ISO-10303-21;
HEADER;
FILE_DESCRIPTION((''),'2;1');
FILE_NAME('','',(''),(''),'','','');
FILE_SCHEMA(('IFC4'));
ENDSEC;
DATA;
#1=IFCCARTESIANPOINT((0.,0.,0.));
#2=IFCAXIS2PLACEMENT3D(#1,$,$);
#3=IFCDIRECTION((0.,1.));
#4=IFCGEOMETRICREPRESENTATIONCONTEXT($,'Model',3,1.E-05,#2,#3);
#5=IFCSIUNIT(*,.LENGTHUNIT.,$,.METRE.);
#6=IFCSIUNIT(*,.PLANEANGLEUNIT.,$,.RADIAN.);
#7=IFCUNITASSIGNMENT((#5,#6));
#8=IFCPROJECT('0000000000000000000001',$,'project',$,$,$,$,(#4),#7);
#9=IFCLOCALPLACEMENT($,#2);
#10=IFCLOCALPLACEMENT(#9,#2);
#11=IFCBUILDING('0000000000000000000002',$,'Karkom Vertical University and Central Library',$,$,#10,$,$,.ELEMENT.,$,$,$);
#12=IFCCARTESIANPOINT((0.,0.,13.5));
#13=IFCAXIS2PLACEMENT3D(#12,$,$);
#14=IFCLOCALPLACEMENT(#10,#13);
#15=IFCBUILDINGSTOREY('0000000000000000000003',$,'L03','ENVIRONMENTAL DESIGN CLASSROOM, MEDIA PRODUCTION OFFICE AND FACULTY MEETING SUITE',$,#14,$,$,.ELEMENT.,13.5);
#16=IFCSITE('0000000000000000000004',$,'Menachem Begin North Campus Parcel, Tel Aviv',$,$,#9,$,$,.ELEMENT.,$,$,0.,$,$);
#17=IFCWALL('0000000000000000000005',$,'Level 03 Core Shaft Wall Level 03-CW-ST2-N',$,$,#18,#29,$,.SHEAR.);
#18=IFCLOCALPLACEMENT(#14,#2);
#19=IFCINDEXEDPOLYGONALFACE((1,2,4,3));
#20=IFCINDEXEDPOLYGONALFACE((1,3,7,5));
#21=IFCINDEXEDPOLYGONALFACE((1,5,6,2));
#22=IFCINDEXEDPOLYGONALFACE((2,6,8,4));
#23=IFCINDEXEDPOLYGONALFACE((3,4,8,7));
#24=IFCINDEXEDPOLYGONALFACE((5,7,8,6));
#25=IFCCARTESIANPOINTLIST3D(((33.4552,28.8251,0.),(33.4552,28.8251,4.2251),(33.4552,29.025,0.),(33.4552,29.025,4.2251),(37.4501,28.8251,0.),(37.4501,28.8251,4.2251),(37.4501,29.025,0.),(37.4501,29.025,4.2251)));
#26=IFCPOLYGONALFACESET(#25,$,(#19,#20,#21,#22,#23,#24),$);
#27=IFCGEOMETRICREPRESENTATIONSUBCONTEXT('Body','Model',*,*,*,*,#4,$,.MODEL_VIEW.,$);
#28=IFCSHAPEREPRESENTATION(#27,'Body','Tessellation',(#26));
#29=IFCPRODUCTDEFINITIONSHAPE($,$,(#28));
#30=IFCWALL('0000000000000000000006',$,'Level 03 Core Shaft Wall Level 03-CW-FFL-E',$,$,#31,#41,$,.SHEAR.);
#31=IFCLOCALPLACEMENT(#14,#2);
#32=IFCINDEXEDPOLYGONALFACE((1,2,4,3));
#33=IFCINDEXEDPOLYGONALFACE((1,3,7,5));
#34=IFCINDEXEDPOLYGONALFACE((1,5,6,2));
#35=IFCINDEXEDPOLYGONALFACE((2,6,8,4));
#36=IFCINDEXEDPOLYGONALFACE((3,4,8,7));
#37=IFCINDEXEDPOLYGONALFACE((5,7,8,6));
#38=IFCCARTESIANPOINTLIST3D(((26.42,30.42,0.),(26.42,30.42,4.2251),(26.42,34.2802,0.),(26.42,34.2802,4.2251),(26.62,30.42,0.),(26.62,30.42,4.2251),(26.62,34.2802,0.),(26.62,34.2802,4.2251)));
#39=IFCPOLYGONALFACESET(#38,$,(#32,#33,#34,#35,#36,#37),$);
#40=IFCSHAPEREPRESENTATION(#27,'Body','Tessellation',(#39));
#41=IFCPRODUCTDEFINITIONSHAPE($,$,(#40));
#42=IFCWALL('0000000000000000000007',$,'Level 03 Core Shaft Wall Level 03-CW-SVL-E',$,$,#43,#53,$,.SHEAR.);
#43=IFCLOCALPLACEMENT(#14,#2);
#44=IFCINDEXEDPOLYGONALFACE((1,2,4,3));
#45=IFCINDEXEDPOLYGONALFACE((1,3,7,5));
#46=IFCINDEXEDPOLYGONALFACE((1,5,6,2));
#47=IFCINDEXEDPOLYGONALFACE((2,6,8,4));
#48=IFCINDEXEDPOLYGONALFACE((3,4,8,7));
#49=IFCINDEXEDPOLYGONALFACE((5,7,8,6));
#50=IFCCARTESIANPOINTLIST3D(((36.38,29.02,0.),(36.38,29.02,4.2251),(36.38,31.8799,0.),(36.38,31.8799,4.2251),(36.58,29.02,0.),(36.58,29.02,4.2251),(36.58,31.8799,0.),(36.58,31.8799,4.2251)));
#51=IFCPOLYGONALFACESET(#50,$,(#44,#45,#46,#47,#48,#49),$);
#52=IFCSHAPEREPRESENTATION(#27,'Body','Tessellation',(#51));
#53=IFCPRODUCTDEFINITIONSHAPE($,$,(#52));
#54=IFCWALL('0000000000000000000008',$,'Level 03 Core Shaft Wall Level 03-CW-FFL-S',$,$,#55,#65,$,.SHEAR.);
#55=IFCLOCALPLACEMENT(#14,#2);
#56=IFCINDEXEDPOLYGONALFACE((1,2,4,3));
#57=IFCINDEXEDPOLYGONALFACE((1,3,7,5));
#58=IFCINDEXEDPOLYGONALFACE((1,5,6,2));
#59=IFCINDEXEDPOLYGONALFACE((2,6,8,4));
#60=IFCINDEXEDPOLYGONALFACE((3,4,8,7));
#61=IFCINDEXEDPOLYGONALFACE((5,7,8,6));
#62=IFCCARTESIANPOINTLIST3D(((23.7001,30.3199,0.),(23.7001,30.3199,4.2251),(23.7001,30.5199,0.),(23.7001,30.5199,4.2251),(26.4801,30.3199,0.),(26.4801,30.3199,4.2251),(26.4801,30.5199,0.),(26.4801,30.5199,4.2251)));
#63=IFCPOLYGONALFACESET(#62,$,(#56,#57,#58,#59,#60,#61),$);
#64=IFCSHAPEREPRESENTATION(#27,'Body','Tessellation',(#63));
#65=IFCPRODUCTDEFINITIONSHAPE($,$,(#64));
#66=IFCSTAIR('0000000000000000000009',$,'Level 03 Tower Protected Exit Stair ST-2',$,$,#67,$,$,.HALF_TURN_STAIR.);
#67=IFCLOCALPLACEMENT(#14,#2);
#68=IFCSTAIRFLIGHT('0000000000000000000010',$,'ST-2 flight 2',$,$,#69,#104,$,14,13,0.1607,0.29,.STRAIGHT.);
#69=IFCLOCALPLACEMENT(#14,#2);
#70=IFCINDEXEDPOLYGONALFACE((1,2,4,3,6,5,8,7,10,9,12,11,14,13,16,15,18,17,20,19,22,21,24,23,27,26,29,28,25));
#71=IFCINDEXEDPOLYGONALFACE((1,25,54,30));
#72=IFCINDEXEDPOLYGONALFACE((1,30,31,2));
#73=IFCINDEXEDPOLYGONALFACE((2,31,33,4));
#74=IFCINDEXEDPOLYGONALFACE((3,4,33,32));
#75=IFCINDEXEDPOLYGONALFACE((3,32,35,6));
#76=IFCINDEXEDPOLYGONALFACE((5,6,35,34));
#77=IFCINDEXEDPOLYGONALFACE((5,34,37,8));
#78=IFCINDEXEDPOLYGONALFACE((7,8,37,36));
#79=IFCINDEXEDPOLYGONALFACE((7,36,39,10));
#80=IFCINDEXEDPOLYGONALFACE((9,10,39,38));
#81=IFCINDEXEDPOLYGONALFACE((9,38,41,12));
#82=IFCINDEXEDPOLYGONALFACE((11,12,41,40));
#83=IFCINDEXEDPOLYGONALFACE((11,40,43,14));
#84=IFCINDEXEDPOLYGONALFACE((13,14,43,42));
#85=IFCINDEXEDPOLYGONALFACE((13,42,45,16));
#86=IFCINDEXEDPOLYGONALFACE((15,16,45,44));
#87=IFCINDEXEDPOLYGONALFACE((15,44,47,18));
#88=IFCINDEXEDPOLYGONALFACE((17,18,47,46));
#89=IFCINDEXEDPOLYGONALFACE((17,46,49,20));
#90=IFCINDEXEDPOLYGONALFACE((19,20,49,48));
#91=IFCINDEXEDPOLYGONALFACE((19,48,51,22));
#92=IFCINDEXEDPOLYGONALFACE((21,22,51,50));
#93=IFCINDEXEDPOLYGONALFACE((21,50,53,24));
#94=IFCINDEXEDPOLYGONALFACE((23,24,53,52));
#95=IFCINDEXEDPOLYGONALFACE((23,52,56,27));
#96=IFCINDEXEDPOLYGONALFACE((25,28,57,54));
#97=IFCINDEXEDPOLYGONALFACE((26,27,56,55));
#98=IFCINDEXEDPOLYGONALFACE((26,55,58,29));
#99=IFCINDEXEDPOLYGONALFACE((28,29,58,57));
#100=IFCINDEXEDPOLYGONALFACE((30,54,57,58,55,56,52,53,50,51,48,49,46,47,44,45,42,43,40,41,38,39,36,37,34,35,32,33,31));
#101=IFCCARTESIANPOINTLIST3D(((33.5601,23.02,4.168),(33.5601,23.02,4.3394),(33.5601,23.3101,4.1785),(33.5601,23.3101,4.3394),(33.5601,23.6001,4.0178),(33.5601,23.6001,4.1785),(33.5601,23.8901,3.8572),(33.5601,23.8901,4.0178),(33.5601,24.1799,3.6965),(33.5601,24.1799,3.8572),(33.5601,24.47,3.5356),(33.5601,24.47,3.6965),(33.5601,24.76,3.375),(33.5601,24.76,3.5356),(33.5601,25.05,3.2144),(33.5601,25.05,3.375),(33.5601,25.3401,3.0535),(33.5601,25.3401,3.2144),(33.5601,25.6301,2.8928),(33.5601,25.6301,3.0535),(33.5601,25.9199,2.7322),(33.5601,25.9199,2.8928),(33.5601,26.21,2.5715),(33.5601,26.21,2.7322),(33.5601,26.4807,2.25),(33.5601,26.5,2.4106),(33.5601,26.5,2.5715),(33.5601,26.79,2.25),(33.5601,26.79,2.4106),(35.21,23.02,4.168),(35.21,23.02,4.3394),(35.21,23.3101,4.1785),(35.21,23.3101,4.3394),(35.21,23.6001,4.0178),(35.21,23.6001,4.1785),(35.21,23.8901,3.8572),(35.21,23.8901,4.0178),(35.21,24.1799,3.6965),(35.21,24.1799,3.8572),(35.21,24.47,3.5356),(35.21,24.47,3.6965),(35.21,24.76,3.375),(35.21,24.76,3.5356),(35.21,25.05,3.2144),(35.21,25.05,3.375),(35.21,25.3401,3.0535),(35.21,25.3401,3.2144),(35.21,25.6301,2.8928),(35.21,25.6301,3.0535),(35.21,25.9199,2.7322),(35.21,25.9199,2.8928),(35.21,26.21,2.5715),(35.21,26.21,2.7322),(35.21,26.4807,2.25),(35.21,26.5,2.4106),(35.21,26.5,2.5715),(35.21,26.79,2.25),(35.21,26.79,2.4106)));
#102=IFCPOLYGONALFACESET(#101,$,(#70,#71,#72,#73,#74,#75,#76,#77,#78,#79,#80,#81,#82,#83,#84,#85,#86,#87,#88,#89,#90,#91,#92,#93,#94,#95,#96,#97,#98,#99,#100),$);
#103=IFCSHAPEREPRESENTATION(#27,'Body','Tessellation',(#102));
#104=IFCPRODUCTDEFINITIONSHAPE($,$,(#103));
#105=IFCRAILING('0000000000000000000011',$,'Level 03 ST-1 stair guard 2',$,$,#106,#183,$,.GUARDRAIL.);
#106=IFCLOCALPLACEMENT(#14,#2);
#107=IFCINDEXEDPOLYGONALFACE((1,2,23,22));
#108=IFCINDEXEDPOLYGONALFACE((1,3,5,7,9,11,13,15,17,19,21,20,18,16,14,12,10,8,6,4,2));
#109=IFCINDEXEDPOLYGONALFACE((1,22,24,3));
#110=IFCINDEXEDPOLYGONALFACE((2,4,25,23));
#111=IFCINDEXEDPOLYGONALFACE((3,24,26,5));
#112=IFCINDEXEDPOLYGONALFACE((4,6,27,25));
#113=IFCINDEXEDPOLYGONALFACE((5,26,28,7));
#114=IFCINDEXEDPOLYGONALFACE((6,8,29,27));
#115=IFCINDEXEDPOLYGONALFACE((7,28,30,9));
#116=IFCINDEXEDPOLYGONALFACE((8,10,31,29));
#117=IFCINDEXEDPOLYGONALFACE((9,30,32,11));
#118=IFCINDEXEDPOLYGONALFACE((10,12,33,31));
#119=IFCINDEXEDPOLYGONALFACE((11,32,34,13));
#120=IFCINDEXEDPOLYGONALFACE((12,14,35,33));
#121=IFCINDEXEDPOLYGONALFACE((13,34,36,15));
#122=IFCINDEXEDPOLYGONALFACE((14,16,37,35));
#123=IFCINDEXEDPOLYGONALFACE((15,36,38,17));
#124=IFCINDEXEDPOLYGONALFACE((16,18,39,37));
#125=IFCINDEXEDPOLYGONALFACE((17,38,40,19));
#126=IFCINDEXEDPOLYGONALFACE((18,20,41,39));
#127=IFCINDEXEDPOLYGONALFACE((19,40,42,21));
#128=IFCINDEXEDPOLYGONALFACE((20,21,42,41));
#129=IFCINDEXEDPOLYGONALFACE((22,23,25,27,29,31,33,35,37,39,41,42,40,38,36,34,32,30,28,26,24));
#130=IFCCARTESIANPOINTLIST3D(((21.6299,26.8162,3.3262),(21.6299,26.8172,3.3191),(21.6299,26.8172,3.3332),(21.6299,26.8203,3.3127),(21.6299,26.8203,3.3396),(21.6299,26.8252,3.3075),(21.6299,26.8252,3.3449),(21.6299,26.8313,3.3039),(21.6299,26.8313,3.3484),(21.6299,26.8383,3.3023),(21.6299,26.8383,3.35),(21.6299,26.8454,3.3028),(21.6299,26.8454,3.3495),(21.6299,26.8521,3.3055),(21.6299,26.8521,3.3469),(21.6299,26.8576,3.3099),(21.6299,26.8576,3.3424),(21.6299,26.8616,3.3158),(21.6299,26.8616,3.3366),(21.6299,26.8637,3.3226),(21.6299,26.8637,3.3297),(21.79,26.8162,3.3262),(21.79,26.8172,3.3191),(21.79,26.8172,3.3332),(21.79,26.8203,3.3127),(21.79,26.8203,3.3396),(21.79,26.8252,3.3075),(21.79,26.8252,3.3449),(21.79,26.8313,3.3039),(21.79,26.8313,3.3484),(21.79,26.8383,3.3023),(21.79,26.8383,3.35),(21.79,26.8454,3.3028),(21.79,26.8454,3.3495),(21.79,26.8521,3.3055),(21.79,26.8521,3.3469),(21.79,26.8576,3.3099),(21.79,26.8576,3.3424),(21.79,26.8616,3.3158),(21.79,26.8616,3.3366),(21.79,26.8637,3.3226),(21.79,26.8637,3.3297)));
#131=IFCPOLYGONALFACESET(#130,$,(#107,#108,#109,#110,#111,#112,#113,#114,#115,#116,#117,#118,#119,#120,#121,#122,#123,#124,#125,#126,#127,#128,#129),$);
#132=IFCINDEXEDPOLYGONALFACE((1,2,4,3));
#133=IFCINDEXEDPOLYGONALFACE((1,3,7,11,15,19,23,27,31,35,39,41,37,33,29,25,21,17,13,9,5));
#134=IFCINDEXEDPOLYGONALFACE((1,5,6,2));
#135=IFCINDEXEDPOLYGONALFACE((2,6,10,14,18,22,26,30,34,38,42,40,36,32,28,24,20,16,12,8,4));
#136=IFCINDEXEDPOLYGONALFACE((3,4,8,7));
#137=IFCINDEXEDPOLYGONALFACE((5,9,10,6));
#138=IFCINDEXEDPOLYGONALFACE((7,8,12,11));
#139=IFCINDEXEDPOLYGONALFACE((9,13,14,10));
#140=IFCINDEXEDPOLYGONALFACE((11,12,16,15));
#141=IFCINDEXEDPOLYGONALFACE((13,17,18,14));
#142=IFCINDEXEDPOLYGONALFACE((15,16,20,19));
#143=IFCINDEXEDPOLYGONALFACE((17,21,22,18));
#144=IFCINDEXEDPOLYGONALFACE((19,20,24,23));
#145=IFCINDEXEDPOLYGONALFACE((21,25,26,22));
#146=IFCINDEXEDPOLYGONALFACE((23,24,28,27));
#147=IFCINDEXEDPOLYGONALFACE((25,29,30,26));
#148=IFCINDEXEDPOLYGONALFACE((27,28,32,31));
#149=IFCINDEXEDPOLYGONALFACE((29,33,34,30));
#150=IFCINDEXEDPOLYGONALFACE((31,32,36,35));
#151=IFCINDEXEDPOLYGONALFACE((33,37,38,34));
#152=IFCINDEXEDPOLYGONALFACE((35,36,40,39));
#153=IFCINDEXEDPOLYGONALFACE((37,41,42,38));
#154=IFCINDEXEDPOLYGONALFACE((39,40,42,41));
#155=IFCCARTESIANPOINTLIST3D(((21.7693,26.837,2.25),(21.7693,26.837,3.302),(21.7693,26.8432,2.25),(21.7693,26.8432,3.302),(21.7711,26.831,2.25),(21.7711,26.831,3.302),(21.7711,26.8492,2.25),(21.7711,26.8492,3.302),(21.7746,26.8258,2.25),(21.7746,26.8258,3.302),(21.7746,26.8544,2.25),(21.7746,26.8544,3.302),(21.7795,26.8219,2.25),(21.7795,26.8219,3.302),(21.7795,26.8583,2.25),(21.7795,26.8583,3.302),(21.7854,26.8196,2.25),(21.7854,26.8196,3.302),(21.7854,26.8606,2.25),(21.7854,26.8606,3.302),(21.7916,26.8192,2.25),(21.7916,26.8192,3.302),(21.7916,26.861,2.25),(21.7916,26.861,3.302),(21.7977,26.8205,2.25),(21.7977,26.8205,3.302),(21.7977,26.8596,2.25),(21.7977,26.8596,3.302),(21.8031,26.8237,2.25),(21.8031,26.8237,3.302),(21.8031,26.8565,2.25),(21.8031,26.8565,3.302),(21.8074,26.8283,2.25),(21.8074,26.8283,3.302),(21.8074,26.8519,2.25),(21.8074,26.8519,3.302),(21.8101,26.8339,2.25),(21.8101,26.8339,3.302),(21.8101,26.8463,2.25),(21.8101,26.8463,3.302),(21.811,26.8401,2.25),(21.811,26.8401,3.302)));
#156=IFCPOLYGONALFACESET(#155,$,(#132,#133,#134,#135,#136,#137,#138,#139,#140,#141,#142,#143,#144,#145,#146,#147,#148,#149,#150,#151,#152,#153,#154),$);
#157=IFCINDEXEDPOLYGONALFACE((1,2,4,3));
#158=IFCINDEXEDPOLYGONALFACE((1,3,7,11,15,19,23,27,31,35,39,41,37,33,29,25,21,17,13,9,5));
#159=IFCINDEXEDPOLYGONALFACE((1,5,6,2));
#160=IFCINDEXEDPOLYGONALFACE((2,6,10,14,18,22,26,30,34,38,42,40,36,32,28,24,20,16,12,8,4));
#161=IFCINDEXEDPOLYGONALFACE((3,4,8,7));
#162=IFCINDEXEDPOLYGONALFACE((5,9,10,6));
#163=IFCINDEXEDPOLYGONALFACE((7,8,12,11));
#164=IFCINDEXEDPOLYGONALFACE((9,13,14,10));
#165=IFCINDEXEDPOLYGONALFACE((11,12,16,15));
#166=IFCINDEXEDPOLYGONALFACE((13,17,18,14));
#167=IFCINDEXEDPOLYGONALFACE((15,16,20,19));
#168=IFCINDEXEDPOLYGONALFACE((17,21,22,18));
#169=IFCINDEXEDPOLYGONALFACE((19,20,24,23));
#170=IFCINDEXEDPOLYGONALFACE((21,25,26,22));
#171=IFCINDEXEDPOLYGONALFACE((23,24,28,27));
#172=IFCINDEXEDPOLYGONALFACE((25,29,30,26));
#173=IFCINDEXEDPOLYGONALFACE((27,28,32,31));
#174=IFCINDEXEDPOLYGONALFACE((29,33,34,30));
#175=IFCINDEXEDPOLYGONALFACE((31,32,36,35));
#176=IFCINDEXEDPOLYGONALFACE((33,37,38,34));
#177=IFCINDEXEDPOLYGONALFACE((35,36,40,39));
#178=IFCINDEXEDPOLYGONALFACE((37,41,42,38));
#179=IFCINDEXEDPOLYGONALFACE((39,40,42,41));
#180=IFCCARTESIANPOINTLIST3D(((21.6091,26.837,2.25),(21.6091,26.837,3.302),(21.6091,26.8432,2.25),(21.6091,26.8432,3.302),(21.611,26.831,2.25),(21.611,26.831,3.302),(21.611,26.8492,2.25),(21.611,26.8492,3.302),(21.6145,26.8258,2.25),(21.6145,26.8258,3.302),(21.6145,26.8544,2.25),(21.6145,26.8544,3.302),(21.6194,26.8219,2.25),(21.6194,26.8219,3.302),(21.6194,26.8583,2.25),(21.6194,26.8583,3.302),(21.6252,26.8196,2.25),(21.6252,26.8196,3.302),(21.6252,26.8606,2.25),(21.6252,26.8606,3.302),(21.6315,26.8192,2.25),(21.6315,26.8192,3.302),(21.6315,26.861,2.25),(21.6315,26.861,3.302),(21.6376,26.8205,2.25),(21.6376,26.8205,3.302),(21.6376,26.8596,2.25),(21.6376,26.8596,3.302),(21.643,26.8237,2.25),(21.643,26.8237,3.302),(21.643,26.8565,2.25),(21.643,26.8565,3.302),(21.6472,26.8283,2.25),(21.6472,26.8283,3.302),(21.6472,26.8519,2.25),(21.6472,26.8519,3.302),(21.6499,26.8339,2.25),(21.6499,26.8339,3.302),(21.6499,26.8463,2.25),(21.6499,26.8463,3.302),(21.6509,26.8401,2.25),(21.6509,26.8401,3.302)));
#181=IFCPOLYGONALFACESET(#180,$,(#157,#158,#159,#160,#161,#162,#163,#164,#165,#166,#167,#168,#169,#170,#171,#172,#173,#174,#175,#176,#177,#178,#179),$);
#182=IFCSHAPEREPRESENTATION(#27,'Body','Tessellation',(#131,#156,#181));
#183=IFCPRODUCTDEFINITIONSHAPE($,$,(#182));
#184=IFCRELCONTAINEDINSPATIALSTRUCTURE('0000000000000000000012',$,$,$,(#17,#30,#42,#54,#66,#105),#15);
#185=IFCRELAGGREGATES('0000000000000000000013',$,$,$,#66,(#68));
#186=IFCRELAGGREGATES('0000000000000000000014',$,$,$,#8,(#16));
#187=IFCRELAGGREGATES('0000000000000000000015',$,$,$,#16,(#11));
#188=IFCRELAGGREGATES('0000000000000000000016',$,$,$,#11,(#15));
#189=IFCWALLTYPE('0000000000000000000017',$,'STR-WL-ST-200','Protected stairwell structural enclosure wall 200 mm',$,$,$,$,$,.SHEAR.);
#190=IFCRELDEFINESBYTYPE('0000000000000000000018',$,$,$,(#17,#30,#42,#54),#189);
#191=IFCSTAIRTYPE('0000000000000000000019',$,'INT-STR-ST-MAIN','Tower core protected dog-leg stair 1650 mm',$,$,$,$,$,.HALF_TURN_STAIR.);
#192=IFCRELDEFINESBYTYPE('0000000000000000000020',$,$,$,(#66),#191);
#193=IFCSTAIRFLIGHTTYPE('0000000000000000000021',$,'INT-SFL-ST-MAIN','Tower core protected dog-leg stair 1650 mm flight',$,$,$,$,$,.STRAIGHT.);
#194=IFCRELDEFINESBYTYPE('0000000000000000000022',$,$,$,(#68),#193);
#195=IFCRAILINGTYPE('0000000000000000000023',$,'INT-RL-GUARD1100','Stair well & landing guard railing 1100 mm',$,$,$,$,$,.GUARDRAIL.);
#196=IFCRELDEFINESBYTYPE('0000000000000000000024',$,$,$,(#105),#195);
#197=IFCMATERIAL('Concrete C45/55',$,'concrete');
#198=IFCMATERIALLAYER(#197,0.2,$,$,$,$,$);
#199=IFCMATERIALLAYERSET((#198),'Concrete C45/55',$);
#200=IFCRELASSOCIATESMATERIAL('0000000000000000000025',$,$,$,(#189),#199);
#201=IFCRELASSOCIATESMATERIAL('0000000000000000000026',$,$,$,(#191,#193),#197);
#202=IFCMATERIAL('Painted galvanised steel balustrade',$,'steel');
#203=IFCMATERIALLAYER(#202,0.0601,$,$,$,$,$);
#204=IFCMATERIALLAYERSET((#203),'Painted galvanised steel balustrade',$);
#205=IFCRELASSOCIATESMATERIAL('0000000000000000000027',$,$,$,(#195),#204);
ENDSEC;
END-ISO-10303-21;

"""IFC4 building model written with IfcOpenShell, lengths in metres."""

from ifc_helpers import new_model, si_unit, direction, frame, frame_2d, origin, origin_2d, place, context, subcontext, project, spatial, polyline, rectangle, circle, outline, extrude, material, layer, layer_set, type_object, element, aggregate, save


model = new_model("IFC4")

# Units and contexts
model_context = context("Model", 3, precision=1e-05, world=origin(), true_north=direction((0.0, 1.0)))
body_context = subcontext(model_context, "Body", "Model", "MODEL_VIEW")
ifc_project = project(units=[si_unit("LENGTHUNIT", "METRE"), si_unit("PLANEANGLEUNIT", "RADIAN")], contexts=[model_context])

# Site, building, storey
site_placement = place(None, origin())
site = spatial("IfcSite", under=ifc_project, at=site_placement, Name="Menachem Begin North Campus Parcel, Tel Aviv", CompositionType="ELEMENT", RefElevation=0.0)
building_placement = place(site_placement, origin())
building = spatial("IfcBuilding", under=site, at=building_placement, Name="Karkom Vertical University and Central Library", CompositionType="ELEMENT")
storey_placement = place(building_placement, frame((0.0, 0.0, 13.5)))
storey = spatial("IfcBuildingStorey", under=building, at=storey_placement, Name="L03", Description="ENVIRONMENTAL DESIGN CLASSROOM, MEDIA PRODUCTION OFFICE AND FACULTY MEETING SUITE", CompositionType="ELEMENT", Elevation=13.5)

# Walls
ifc_material_1 = material(Name="Concrete C45/55", Category="concrete")
ifc_layer_1 = layer(ifc_material_1, 0.2)
ifc_layer_set_1 = layer_set([ifc_layer_1], Name="Concrete C45/55")
wall_type_1 = type_object("IfcWallType", Name="STR-WL-ST-200", Description="Protected stairwell structural enclosure wall 200 mm", PredefinedType="SHEAR", material=ifc_layer_set_1)
wall_1_placement = place(storey_placement, frame((33.4551, 28.925, 0.0), z_axis=(0.0, 0.0, 1.0), x_axis=(1.0, 0.0, 0.0)))
element("IfcWall", 1, at=wall_1_placement, inside=storey, type_object=wall_type_1, Name="Level 03 Core Shaft Wall Level 03-CW-ST2-N", PredefinedType="SHEAR", context=body_context, shape_type="SweptSolid", body=[
    extrude(rectangle(XDim=3.9949, YDim=0.2, at=frame_2d((1.9976, 0.0))), origin(), (0.0, 0.0, 1.0), 4.2251),
])
wall_2_placement = place(storey_placement, frame((26.52, 30.4199, 0.0), z_axis=(0.0, 0.0, 1.0), x_axis=(0.0, 1.0, 0.0)))
element("IfcWall", 2, at=wall_2_placement, inside=storey, type_object=wall_type_1, Name="Level 03 Core Shaft Wall Level 03-CW-FFL-E", PredefinedType="SHEAR", context=body_context, shape_type="SweptSolid", body=[
    extrude(rectangle(XDim=3.8601, YDim=0.2, at=frame_2d((1.9302, 0.0))), origin(), (0.0, 0.0, 1.0), 4.2251),
])
wall_3_placement = place(storey_placement, frame((36.48, 29.02, 0.0), z_axis=(0.0, 0.0, 1.0), x_axis=(0.0, 1.0, 0.0)))
element("IfcWall", 3, at=wall_3_placement, inside=storey, type_object=wall_type_1, Name="Level 03 Core Shaft Wall Level 03-CW-SVL-E", PredefinedType="SHEAR", context=body_context, shape_type="SweptSolid", body=[
    extrude(rectangle(XDim=2.8599, YDim=0.2, at=frame_2d((1.4299, 0.0))), origin(), (0.0, 0.0, 1.0), 4.2251),
])
wall_4_placement = place(storey_placement, frame((23.7, 30.4199, 0.0), z_axis=(0.0, 0.0, 1.0), x_axis=(1.0, 0.0, 0.0)))
element("IfcWall", 4, at=wall_4_placement, inside=storey, type_object=wall_type_1, Name="Level 03 Core Shaft Wall Level 03-CW-FFL-S", PredefinedType="SHEAR", context=body_context, shape_type="SweptSolid", body=[
    extrude(rectangle(XDim=2.78, YDim=0.2, at=frame_2d((1.3901, 0.0))), origin(), (0.0, 0.0, 1.0), 4.2251),
])

# Stair, stair flight
stair_type = type_object("IfcStairType", Name="INT-STR-ST-MAIN", Description="Tower core protected dog-leg stair 1650 mm", PredefinedType="HALF_TURN_STAIR", material=ifc_material_1)
stair_placement = place(storey_placement, origin())
stair = element("IfcStair", 5, at=stair_placement, inside=storey, type_object=stair_type, Name="Level 03 Tower Protected Exit Stair ST-2", PredefinedType="HALF_TURN_STAIR")
stair_flight_type = type_object("IfcStairFlightType", Name="INT-SFL-ST-MAIN", Description="Tower core protected dog-leg stair 1650 mm flight", PredefinedType="STRAIGHT", material=ifc_material_1)
stair_flight_placement = place(storey_placement, frame((34.385, 26.79, 2.25), z_axis=(0.0, 0.0, 1.0), x_axis=(0.0, -1.0, 0.0)))
stair_flight = element("IfcStairFlight", 6, at=stair_flight_placement, type_object=stair_flight_type, Name="ST-2 flight 2", NumberOfRisers=14, NumberOfTreads=13, PredefinedType="STRAIGHT", RiserHeight=0.1607, TreadLength=0.29, context=body_context, shape_type="SweptSolid", body=[
    extrude(outline(polyline([(0.0, 0.0), (0.0, 0.1606), (0.29, 0.1606), (0.29, 0.3215), (0.5801, 0.3215), (0.5801, 0.4822), (0.8701, 0.4822), (0.8701, 0.6428), (1.1599, 0.6428), (1.1599, 0.8035), (1.45, 0.8035), (1.45, 0.9644), (1.74, 0.9644), (1.74, 1.125), (2.03, 1.125), (2.03, 1.2856), (2.3201, 1.2856), (2.3201, 1.4465), (2.6101, 1.4465), (2.6101, 1.6072), (2.8999, 1.6072), (2.8999, 1.7678), (3.1899, 1.7678), (3.1899, 1.9285), (3.48, 1.9285), (3.48, 2.0894), (3.77, 2.0894), (3.77, 2.25), (3.77, 1.918), (0.3093, 0.0), (0.0, 0.0)])), frame((0.0, 0.825, 0.0), z_axis=(0.0, -1.0, 0.0), x_axis=(1.0, 0.0, 0.0)), (0.0, 0.0, 1.0), 1.6499),
])
aggregate(stair, [stair_flight])

# Railing
ifc_material_2 = material(Name="Painted galvanised steel balustrade", Category="steel")
ifc_layer_2 = layer(ifc_material_2, 0.0601)
ifc_layer_set_2 = layer_set([ifc_layer_2], Name="Painted galvanised steel balustrade")
railing_type_1 = type_object("IfcRailingType", Name="INT-RL-GUARD1100", Description="Stair well & landing guard railing 1100 mm", PredefinedType="GUARDRAIL", material=ifc_layer_set_2)
for number, where, name in (
    (7, (21.79, 26.8401, 2.25), "Level 03 ST-1 stair guard 2"),
):
    element("IfcRailing", number, at=place(storey_placement, frame(where)), inside=storey, type_object=railing_type_1, Name=name, PredefinedType="GUARDRAIL", context=body_context, shape_type="SweptSolid", body=[
        extrude(circle(Radius=0.0239, at=origin_2d()), frame((0.0, 0.0, 1.0762), z_axis=(-1.0, 0.0, 0.0), x_axis=(0.0, -1.0, 0.0)), (0.0, 0.0, 1.0), 0.1602),
        extrude(circle(Radius=0.021, at=origin_2d()), origin(), (0.0, 0.0, 1.0), 1.052),
        extrude(circle(Radius=0.021, at=origin_2d()), frame((-0.1602, 0.0, 0.0)), (0.0, 0.0, 1.0), 1.052),
    ])

save(model, "model.ifc")
